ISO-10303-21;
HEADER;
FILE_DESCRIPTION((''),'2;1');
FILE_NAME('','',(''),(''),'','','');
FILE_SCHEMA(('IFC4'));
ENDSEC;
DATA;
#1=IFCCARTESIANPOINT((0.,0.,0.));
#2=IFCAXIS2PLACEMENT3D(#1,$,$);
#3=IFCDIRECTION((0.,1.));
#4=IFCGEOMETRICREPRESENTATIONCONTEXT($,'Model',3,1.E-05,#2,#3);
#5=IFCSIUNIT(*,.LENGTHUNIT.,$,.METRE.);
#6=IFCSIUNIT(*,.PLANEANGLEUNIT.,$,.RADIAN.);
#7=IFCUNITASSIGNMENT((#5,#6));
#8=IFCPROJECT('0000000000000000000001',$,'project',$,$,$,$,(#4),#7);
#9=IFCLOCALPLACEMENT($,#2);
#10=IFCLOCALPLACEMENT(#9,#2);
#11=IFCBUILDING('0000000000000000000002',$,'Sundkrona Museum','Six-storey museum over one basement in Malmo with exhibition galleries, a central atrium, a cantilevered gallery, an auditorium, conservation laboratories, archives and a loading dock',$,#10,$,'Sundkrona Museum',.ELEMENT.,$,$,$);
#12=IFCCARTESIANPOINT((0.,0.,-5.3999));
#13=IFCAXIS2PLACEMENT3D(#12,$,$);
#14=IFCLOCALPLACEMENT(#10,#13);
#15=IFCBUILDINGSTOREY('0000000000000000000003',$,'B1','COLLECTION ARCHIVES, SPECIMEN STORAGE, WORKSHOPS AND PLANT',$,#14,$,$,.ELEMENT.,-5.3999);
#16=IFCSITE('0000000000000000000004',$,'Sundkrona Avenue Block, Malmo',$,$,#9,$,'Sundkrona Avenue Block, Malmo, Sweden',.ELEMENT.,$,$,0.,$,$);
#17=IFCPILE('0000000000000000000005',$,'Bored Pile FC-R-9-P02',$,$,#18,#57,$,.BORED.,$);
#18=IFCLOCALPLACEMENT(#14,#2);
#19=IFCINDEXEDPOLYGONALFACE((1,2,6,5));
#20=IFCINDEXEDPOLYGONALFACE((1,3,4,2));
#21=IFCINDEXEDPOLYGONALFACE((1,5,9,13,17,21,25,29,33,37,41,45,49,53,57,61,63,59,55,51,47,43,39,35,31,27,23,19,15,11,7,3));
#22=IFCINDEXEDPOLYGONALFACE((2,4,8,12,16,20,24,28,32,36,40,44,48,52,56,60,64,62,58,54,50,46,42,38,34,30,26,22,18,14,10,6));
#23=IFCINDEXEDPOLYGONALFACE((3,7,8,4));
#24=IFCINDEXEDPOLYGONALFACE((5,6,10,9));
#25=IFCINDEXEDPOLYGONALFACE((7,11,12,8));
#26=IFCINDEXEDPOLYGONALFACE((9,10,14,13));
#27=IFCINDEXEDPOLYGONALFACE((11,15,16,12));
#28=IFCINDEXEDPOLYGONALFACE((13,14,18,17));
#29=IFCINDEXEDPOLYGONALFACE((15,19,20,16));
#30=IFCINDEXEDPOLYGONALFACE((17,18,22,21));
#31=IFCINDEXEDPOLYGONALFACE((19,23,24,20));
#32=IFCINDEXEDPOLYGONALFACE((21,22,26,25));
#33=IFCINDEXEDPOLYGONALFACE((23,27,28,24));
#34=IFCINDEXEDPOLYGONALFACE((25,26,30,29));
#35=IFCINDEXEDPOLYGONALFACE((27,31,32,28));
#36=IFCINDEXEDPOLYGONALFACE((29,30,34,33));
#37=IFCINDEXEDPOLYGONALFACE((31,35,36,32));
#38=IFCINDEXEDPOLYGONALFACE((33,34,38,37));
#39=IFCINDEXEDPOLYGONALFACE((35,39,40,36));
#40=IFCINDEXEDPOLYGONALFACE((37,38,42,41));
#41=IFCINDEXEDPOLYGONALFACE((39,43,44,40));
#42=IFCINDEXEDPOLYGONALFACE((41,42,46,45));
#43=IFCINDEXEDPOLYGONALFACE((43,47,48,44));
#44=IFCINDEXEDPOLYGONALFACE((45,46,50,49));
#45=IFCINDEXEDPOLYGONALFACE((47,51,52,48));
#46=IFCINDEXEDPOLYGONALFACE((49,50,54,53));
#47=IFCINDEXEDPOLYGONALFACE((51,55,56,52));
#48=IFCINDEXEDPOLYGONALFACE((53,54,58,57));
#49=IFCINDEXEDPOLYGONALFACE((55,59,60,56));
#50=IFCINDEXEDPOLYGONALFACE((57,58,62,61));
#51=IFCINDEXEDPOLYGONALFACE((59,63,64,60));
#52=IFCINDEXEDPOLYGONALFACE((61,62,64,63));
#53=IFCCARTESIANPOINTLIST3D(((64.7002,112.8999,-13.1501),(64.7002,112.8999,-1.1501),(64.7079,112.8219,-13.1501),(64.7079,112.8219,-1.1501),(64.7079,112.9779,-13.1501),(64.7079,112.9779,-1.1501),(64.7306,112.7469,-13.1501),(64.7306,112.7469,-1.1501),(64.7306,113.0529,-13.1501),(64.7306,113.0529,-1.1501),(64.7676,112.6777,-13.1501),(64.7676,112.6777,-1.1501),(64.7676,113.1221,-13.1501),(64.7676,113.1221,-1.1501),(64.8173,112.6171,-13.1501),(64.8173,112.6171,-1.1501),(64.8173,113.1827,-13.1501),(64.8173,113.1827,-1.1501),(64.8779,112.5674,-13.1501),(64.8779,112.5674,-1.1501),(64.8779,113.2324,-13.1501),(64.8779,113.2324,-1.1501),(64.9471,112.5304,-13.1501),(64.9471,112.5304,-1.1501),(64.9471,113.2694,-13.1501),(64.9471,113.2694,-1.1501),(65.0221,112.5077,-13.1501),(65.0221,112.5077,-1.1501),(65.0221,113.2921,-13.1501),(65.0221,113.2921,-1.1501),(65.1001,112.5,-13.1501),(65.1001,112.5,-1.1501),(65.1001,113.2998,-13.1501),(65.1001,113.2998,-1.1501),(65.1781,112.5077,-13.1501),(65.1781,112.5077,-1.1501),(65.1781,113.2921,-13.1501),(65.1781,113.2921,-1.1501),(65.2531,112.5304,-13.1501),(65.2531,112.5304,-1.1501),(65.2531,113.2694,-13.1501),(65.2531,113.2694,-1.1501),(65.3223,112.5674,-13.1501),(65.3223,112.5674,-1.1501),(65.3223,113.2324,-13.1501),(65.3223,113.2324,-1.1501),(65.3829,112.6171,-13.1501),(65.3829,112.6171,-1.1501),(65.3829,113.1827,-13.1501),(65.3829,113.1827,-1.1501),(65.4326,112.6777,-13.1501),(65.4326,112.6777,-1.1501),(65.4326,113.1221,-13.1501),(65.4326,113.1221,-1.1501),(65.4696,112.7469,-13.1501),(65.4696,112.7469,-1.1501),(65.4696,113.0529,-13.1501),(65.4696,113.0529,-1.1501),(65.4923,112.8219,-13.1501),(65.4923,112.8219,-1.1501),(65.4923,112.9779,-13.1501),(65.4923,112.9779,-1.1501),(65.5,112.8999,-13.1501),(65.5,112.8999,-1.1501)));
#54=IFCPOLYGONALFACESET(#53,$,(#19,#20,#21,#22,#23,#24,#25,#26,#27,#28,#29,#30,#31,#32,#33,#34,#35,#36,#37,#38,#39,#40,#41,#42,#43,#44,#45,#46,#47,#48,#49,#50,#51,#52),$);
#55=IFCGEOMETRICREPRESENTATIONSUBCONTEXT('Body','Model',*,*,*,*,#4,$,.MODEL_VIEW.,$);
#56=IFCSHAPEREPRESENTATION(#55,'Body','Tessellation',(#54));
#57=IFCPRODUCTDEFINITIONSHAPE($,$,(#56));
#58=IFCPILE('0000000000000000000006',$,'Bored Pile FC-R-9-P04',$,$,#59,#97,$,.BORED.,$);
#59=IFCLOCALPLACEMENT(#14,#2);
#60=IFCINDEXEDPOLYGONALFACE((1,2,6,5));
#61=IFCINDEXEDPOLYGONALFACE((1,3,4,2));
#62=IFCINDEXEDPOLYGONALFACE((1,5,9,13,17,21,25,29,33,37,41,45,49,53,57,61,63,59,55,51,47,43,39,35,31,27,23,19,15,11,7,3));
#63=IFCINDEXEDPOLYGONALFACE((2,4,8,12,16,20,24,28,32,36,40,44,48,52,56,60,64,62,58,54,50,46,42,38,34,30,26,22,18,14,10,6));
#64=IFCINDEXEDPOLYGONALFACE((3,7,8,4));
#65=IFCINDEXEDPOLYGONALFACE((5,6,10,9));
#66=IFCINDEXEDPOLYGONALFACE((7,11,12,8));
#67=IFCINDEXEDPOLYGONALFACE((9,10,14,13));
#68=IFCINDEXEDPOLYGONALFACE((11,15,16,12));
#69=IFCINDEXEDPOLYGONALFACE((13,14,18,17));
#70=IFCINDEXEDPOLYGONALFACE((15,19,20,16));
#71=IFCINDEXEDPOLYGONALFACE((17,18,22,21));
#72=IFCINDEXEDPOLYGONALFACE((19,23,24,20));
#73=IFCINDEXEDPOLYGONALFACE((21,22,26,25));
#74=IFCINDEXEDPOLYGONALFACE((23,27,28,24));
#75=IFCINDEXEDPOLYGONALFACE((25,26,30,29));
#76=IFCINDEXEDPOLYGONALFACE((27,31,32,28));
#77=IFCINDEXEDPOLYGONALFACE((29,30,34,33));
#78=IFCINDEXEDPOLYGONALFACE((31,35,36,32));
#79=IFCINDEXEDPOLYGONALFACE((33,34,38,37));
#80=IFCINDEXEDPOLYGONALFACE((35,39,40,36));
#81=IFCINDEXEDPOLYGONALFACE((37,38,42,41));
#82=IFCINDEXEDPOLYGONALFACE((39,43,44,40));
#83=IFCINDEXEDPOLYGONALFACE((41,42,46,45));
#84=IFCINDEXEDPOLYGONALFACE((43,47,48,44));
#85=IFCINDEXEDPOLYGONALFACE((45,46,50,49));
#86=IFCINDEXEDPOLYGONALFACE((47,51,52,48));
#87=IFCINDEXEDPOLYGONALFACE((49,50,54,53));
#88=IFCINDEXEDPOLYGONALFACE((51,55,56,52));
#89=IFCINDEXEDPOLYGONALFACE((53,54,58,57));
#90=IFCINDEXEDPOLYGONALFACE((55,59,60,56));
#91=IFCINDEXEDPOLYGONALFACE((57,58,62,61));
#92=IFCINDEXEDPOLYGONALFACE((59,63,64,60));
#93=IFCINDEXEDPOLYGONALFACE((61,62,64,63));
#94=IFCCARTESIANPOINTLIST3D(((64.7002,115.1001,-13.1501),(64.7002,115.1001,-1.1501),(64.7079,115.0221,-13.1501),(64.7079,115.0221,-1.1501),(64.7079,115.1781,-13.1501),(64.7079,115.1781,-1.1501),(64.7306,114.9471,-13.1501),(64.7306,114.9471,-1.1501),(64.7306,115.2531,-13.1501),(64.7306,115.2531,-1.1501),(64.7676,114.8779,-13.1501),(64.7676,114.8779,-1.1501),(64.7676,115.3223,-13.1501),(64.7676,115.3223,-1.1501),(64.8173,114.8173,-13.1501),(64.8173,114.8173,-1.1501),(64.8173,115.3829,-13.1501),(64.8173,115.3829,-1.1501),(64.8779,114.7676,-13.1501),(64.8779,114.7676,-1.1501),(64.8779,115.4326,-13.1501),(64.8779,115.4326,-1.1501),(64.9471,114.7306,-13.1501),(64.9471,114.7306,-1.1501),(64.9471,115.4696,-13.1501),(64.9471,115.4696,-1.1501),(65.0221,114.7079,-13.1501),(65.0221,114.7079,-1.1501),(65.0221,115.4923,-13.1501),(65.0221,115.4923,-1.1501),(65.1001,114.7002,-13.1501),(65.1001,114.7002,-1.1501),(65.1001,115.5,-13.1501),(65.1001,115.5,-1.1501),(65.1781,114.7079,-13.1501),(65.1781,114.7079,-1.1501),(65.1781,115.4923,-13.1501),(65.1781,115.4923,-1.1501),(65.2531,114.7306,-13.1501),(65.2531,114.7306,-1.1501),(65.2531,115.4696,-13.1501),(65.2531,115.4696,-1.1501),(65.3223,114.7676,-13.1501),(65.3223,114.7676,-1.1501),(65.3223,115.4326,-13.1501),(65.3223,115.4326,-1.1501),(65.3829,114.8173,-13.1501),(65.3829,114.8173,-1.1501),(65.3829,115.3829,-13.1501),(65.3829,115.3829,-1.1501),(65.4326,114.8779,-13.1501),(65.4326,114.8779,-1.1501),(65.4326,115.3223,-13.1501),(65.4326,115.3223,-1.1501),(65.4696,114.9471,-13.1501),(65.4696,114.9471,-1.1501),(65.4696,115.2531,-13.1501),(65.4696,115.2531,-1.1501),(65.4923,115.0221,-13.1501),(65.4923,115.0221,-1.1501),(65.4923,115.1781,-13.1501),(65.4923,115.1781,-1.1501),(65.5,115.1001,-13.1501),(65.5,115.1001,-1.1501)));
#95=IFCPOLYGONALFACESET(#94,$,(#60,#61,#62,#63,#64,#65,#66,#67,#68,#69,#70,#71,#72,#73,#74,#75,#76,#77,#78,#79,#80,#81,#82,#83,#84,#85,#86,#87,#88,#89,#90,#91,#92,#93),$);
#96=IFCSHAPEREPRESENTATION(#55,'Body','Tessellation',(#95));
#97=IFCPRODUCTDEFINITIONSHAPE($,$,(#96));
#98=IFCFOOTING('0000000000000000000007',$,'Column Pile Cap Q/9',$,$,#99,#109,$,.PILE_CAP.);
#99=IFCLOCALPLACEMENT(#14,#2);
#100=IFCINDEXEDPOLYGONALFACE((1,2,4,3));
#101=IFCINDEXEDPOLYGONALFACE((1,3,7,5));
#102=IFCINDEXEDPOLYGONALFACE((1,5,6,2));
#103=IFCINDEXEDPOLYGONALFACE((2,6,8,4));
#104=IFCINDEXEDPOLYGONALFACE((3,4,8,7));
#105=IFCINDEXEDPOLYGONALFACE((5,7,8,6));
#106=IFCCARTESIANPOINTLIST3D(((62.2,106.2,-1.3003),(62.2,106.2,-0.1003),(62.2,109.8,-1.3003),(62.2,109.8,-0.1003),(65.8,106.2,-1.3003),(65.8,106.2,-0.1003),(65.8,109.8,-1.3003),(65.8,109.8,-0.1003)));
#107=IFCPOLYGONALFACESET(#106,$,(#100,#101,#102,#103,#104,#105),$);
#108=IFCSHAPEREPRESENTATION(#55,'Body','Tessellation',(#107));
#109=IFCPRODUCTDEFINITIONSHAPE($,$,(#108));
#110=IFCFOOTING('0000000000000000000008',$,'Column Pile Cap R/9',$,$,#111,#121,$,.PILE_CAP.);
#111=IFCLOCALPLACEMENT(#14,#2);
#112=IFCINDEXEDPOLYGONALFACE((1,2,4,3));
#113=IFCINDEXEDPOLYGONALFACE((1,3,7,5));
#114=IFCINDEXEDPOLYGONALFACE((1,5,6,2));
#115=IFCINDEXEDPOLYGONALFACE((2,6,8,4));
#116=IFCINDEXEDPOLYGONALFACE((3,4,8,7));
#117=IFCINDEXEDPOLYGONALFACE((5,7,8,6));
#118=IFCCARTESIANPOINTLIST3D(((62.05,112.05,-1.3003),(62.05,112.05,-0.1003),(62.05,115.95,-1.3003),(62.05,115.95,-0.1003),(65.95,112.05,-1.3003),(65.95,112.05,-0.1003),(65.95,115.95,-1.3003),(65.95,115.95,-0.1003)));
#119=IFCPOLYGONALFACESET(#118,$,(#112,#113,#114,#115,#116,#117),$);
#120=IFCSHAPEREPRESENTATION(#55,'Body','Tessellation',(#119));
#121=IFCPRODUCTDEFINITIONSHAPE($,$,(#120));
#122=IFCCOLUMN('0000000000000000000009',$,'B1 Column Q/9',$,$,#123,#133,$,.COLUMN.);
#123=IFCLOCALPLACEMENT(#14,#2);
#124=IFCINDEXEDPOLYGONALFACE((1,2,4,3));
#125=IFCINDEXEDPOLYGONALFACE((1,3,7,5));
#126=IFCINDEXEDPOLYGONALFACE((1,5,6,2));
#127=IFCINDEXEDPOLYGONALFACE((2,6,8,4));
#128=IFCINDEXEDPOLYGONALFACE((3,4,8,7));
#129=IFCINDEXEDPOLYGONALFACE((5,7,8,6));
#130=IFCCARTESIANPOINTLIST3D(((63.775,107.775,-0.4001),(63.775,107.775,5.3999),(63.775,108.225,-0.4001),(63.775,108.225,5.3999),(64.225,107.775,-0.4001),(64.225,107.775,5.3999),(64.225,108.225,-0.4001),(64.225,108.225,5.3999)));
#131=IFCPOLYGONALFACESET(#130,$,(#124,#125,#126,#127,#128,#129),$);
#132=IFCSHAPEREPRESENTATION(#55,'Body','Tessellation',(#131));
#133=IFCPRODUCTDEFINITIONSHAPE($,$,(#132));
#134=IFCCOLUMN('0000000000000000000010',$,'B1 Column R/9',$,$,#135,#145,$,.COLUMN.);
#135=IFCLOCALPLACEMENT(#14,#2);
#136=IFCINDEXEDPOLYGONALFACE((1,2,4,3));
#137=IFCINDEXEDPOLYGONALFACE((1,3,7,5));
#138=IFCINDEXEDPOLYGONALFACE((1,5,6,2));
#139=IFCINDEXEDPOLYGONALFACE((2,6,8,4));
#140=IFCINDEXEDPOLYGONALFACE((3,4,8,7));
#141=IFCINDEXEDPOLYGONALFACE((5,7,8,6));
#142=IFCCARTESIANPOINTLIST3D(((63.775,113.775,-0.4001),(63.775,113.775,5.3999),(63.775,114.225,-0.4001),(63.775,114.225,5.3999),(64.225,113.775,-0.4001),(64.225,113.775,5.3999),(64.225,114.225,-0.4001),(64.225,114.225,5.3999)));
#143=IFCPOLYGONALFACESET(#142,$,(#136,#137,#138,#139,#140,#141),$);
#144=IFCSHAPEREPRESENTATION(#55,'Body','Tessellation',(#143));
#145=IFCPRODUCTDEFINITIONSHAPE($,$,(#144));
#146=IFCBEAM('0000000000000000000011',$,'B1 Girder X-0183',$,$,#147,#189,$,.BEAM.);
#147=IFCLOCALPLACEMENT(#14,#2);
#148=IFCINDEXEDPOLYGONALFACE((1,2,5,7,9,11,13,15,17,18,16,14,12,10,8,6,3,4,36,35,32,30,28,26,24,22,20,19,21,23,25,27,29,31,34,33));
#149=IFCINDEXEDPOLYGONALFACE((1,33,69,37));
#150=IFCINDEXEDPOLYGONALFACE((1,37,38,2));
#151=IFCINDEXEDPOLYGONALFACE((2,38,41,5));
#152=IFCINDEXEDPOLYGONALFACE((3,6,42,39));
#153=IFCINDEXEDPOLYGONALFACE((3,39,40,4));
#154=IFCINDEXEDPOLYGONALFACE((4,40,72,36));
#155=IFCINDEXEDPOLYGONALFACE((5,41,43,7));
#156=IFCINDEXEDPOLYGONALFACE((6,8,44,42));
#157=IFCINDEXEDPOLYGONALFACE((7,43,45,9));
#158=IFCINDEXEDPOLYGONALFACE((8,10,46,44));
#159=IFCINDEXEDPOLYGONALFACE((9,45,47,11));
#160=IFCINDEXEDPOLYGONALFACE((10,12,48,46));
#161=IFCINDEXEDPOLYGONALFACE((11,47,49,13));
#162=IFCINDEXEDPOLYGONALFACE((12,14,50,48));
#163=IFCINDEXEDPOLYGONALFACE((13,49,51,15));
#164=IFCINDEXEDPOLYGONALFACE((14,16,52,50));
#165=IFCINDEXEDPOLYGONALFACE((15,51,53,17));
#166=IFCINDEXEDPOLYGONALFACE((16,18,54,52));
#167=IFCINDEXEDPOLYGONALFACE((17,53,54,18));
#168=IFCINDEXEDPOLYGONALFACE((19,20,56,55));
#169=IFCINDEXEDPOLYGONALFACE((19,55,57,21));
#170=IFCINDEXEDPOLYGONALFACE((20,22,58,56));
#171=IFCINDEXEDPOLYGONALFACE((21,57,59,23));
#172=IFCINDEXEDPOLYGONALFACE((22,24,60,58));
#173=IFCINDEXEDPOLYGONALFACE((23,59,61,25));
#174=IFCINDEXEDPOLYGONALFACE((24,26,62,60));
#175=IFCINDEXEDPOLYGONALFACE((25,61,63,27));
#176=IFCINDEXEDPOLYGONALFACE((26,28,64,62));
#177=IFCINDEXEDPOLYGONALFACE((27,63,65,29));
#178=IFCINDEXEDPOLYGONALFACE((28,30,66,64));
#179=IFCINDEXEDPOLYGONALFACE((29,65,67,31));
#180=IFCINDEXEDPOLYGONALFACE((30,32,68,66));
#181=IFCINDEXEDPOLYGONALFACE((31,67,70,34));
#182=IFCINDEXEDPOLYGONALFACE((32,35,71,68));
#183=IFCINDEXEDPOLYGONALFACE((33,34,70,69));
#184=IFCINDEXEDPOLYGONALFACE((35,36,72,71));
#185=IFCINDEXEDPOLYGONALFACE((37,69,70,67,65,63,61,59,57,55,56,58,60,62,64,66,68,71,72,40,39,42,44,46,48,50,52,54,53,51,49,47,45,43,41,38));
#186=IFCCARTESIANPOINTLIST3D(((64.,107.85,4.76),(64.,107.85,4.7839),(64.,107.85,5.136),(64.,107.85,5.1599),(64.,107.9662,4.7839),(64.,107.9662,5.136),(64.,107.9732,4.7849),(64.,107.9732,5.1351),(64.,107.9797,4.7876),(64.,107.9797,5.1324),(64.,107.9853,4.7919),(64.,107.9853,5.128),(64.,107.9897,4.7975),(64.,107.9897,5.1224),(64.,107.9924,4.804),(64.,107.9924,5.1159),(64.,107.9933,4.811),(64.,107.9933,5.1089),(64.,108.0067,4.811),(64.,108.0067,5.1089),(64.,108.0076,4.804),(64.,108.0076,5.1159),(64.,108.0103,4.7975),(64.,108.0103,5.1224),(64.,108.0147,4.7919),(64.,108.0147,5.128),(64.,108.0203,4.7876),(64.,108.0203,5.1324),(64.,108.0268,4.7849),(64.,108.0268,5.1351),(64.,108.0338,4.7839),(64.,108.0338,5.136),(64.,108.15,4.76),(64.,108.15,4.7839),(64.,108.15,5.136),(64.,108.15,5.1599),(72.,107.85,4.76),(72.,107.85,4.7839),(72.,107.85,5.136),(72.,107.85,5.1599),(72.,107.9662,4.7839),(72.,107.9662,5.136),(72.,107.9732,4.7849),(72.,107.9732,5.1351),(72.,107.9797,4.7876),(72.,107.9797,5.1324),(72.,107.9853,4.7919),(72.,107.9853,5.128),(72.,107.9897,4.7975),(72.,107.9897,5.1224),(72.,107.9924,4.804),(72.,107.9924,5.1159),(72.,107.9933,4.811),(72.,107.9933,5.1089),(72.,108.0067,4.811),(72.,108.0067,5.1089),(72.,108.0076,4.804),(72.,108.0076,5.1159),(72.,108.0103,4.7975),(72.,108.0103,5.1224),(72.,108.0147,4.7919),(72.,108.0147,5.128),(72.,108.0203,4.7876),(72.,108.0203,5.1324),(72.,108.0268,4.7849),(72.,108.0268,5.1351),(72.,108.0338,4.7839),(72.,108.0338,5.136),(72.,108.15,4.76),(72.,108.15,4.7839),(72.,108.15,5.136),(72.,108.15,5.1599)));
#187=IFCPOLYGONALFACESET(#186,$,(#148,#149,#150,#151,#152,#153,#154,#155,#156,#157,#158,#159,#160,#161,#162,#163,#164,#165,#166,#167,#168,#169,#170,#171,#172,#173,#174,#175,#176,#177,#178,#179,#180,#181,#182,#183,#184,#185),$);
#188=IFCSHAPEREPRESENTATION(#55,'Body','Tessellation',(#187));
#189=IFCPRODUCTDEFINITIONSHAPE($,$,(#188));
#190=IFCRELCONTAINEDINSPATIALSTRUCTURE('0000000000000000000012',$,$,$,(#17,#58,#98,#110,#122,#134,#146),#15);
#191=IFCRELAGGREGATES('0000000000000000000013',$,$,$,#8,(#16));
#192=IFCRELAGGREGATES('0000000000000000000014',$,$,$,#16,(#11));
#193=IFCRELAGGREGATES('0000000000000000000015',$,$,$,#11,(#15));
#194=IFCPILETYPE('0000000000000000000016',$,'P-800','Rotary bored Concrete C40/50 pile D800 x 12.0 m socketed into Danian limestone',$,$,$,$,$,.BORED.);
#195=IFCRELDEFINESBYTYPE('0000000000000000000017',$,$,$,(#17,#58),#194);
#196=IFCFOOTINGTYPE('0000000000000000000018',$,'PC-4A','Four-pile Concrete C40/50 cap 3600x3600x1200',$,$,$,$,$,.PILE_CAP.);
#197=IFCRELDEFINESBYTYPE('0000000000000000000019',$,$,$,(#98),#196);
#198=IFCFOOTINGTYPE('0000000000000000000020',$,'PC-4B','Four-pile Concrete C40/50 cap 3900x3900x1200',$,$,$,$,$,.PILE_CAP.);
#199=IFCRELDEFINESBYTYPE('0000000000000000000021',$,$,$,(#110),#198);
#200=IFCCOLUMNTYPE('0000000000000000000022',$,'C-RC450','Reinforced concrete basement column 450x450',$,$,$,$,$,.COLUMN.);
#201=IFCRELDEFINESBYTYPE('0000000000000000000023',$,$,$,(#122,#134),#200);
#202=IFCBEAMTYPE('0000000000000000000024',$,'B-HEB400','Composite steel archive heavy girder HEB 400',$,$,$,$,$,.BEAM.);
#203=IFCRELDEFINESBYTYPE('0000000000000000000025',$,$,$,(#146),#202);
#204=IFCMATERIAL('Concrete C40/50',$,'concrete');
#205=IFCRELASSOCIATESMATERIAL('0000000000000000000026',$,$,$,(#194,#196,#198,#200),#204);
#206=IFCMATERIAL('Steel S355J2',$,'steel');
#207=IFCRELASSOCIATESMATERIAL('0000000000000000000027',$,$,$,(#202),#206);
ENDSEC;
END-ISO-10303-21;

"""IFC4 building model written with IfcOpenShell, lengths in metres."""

from ifc_helpers import new_model, si_unit, direction, frame, origin, origin_2d, place, context, subcontext, project, spatial, rectangle, circle, i_section, extrude, material, material_profile, profile_set, type_object, element, save


model = new_model("IFC4")

# Units and contexts
model_context = context("Model", 3, precision=1e-05, world=origin(), true_north=direction((0.0, 1.0)))
body_context = subcontext(model_context, "Body", "Model", "MODEL_VIEW")
ifc_project = project(units=[si_unit("LENGTHUNIT", "METRE"), si_unit("PLANEANGLEUNIT", "RADIAN")], contexts=[model_context])

# Site, building, storey
site_placement = place(None, origin())
site = spatial("IfcSite", under=ifc_project, at=site_placement, Name="Sundkrona Avenue Block, Malmo", LongName="Sundkrona Avenue Block, Malmo, Sweden", CompositionType="ELEMENT", RefElevation=0.0)
building_placement = place(site_placement, origin())
building = spatial("IfcBuilding", under=site, at=building_placement, Name="Sundkrona Museum", Description="Six-storey museum over one basement in Malmo with exhibition galleries, a central atrium, a cantilevered gallery, an auditorium, conservation laboratories, archives and a loading dock", LongName="Sundkrona Museum", CompositionType="ELEMENT")
storey_placement = place(building_placement, frame((0.0, 0.0, -5.3999)))
storey = spatial("IfcBuildingStorey", under=building, at=storey_placement, Name="B1", Description="COLLECTION ARCHIVES, SPECIMEN STORAGE, WORKSHOPS AND PLANT", CompositionType="ELEMENT", Elevation=-5.3999)

# Shared definitions
ifc_material_1 = material(Name="Concrete C40/50", Category="concrete")

# Piles
ifc_material_profile_1 = material_profile(ifc_material_1, circle(Radius=0.3999, at=origin_2d()), Name="PILE D800")
ifc_profile_set_1 = profile_set([ifc_material_profile_1], Name="Concrete C40/50")
pile_type = type_object("IfcPileType", Name="P-800", Description="Rotary bored Concrete C40/50 pile D800 x 12.0 m socketed into Danian limestone", PredefinedType="BORED", material=ifc_profile_set_1)
for number, where, z_axis, x_axis, name in (
    (1, (65.1001, 112.8999, -1.1501), (0.0, 0.0, -1.0), (1.0, 0.0, 0.0), "Bored Pile FC-R-9-P02"),
    (2, (65.1001, 115.1001, -1.1501), (0.0, 0.0, -1.0), (1.0, 0.0, 0.0), "Bored Pile FC-R-9-P04"),
):
    element("IfcPile", number, at=place(storey_placement, frame(where, z_axis=z_axis, x_axis=x_axis)), inside=storey, type_object=pile_type, Name=name, PredefinedType="BORED", context=body_context, shape_type="SweptSolid", body=[
        extrude(circle(Radius=0.3999, at=origin_2d()), origin(), (0.0, 0.0, 1.0), 12.0),
    ])

# Footings
footing_type_1 = type_object("IfcFootingType", Name="PC-4A", Description="Four-pile Concrete C40/50 cap 3600x3600x1200", PredefinedType="PILE_CAP", material=ifc_material_1)
footing_1_placement = place(storey_placement, frame((64.0, 108.0, -1.3003), z_axis=(0.0, 0.0, 1.0), x_axis=(1.0, 0.0, 0.0)))
element("IfcFooting", 3, at=footing_1_placement, inside=storey, type_object=footing_type_1, Name="Column Pile Cap Q/9", PredefinedType="PILE_CAP", context=body_context, shape_type="SweptSolid", body=[
    extrude(rectangle(XDim=3.6001, YDim=3.6001, at=origin_2d()), origin(), (0.0, 0.0, 1.0), 1.2),
])
footing_type_2 = type_object("IfcFootingType", Name="PC-4B", Description="Four-pile Concrete C40/50 cap 3900x3900x1200", PredefinedType="PILE_CAP", material=ifc_material_1)
footing_2_placement = place(storey_placement, frame((64.0, 114.0, -1.3003), z_axis=(0.0, 0.0, 1.0), x_axis=(1.0, 0.0, 0.0)))
element("IfcFooting", 4, at=footing_2_placement, inside=storey, type_object=footing_type_2, Name="Column Pile Cap R/9", PredefinedType="PILE_CAP", context=body_context, shape_type="SweptSolid", body=[
    extrude(rectangle(XDim=3.8999, YDim=3.8999, at=origin_2d()), origin(), (0.0, 0.0, 1.0), 1.2),
])

# Columns
ifc_material_profile_2 = material_profile(ifc_material_1, rectangle(XDim=0.45, YDim=0.45, at=origin_2d()), Name="RC 450x450")
ifc_profile_set_2 = profile_set([ifc_material_profile_2], Name="Concrete C40/50")
column_type = type_object("IfcColumnType", Name="C-RC450", Description="Reinforced concrete basement column 450x450", PredefinedType="COLUMN", material=ifc_profile_set_2)
for number, where, z_axis, x_axis, name in (
    (5, (64.0, 108.0, -0.4001), (0.0, 0.0, 1.0), (1.0, 0.0, 0.0), "B1 Column Q/9"),
    (6, (64.0, 114.0, -0.4001), (0.0, 0.0, 1.0), (1.0, 0.0, 0.0), "B1 Column R/9"),
):
    element("IfcColumn", number, at=place(storey_placement, frame(where, z_axis=z_axis, x_axis=x_axis)), inside=storey, type_object=column_type, Name=name, PredefinedType="COLUMN", context=body_context, shape_type="SweptSolid", body=[
        extrude(rectangle(XDim=0.45, YDim=0.45, at=origin_2d()), origin(), (0.0, 0.0, 1.0), 5.8),
    ])

# Beam
ifc_material_2 = material(Name="Steel S355J2", Category="steel")
ifc_material_profile_3 = material_profile(ifc_material_2, i_section(OverallWidth=0.3, OverallDepth=0.3999, WebThickness=0.0134, FlangeThickness=0.0239, FilletRadius=0.0271, at=origin_2d()), Name="HEB 400")
ifc_profile_set_3 = profile_set([ifc_material_profile_3], Name="Steel S355J2")
beam_type_1 = type_object("IfcBeamType", Name="B-HEB400", Description="Composite steel archive heavy girder HEB 400", PredefinedType="BEAM", material=ifc_profile_set_3)
beam_1_placement = place(storey_placement, frame((64.0, 108.0, 4.96), z_axis=(1.0, 0.0, 0.0), x_axis=(0.0, 1.0, 0.0)))
element("IfcBeam", 7, at=beam_1_placement, inside=storey, type_object=beam_type_1, Name="B1 Girder X-0183", PredefinedType="BEAM", context=body_context, shape_type="SweptSolid", body=[
    extrude(i_section(OverallWidth=0.3, OverallDepth=0.3999, WebThickness=0.0134, FlangeThickness=0.0239, FilletRadius=0.0271, at=origin_2d()), origin(), (0.0, 0.0, 1.0), 8.0),
])

save(model, "model.ifc")
